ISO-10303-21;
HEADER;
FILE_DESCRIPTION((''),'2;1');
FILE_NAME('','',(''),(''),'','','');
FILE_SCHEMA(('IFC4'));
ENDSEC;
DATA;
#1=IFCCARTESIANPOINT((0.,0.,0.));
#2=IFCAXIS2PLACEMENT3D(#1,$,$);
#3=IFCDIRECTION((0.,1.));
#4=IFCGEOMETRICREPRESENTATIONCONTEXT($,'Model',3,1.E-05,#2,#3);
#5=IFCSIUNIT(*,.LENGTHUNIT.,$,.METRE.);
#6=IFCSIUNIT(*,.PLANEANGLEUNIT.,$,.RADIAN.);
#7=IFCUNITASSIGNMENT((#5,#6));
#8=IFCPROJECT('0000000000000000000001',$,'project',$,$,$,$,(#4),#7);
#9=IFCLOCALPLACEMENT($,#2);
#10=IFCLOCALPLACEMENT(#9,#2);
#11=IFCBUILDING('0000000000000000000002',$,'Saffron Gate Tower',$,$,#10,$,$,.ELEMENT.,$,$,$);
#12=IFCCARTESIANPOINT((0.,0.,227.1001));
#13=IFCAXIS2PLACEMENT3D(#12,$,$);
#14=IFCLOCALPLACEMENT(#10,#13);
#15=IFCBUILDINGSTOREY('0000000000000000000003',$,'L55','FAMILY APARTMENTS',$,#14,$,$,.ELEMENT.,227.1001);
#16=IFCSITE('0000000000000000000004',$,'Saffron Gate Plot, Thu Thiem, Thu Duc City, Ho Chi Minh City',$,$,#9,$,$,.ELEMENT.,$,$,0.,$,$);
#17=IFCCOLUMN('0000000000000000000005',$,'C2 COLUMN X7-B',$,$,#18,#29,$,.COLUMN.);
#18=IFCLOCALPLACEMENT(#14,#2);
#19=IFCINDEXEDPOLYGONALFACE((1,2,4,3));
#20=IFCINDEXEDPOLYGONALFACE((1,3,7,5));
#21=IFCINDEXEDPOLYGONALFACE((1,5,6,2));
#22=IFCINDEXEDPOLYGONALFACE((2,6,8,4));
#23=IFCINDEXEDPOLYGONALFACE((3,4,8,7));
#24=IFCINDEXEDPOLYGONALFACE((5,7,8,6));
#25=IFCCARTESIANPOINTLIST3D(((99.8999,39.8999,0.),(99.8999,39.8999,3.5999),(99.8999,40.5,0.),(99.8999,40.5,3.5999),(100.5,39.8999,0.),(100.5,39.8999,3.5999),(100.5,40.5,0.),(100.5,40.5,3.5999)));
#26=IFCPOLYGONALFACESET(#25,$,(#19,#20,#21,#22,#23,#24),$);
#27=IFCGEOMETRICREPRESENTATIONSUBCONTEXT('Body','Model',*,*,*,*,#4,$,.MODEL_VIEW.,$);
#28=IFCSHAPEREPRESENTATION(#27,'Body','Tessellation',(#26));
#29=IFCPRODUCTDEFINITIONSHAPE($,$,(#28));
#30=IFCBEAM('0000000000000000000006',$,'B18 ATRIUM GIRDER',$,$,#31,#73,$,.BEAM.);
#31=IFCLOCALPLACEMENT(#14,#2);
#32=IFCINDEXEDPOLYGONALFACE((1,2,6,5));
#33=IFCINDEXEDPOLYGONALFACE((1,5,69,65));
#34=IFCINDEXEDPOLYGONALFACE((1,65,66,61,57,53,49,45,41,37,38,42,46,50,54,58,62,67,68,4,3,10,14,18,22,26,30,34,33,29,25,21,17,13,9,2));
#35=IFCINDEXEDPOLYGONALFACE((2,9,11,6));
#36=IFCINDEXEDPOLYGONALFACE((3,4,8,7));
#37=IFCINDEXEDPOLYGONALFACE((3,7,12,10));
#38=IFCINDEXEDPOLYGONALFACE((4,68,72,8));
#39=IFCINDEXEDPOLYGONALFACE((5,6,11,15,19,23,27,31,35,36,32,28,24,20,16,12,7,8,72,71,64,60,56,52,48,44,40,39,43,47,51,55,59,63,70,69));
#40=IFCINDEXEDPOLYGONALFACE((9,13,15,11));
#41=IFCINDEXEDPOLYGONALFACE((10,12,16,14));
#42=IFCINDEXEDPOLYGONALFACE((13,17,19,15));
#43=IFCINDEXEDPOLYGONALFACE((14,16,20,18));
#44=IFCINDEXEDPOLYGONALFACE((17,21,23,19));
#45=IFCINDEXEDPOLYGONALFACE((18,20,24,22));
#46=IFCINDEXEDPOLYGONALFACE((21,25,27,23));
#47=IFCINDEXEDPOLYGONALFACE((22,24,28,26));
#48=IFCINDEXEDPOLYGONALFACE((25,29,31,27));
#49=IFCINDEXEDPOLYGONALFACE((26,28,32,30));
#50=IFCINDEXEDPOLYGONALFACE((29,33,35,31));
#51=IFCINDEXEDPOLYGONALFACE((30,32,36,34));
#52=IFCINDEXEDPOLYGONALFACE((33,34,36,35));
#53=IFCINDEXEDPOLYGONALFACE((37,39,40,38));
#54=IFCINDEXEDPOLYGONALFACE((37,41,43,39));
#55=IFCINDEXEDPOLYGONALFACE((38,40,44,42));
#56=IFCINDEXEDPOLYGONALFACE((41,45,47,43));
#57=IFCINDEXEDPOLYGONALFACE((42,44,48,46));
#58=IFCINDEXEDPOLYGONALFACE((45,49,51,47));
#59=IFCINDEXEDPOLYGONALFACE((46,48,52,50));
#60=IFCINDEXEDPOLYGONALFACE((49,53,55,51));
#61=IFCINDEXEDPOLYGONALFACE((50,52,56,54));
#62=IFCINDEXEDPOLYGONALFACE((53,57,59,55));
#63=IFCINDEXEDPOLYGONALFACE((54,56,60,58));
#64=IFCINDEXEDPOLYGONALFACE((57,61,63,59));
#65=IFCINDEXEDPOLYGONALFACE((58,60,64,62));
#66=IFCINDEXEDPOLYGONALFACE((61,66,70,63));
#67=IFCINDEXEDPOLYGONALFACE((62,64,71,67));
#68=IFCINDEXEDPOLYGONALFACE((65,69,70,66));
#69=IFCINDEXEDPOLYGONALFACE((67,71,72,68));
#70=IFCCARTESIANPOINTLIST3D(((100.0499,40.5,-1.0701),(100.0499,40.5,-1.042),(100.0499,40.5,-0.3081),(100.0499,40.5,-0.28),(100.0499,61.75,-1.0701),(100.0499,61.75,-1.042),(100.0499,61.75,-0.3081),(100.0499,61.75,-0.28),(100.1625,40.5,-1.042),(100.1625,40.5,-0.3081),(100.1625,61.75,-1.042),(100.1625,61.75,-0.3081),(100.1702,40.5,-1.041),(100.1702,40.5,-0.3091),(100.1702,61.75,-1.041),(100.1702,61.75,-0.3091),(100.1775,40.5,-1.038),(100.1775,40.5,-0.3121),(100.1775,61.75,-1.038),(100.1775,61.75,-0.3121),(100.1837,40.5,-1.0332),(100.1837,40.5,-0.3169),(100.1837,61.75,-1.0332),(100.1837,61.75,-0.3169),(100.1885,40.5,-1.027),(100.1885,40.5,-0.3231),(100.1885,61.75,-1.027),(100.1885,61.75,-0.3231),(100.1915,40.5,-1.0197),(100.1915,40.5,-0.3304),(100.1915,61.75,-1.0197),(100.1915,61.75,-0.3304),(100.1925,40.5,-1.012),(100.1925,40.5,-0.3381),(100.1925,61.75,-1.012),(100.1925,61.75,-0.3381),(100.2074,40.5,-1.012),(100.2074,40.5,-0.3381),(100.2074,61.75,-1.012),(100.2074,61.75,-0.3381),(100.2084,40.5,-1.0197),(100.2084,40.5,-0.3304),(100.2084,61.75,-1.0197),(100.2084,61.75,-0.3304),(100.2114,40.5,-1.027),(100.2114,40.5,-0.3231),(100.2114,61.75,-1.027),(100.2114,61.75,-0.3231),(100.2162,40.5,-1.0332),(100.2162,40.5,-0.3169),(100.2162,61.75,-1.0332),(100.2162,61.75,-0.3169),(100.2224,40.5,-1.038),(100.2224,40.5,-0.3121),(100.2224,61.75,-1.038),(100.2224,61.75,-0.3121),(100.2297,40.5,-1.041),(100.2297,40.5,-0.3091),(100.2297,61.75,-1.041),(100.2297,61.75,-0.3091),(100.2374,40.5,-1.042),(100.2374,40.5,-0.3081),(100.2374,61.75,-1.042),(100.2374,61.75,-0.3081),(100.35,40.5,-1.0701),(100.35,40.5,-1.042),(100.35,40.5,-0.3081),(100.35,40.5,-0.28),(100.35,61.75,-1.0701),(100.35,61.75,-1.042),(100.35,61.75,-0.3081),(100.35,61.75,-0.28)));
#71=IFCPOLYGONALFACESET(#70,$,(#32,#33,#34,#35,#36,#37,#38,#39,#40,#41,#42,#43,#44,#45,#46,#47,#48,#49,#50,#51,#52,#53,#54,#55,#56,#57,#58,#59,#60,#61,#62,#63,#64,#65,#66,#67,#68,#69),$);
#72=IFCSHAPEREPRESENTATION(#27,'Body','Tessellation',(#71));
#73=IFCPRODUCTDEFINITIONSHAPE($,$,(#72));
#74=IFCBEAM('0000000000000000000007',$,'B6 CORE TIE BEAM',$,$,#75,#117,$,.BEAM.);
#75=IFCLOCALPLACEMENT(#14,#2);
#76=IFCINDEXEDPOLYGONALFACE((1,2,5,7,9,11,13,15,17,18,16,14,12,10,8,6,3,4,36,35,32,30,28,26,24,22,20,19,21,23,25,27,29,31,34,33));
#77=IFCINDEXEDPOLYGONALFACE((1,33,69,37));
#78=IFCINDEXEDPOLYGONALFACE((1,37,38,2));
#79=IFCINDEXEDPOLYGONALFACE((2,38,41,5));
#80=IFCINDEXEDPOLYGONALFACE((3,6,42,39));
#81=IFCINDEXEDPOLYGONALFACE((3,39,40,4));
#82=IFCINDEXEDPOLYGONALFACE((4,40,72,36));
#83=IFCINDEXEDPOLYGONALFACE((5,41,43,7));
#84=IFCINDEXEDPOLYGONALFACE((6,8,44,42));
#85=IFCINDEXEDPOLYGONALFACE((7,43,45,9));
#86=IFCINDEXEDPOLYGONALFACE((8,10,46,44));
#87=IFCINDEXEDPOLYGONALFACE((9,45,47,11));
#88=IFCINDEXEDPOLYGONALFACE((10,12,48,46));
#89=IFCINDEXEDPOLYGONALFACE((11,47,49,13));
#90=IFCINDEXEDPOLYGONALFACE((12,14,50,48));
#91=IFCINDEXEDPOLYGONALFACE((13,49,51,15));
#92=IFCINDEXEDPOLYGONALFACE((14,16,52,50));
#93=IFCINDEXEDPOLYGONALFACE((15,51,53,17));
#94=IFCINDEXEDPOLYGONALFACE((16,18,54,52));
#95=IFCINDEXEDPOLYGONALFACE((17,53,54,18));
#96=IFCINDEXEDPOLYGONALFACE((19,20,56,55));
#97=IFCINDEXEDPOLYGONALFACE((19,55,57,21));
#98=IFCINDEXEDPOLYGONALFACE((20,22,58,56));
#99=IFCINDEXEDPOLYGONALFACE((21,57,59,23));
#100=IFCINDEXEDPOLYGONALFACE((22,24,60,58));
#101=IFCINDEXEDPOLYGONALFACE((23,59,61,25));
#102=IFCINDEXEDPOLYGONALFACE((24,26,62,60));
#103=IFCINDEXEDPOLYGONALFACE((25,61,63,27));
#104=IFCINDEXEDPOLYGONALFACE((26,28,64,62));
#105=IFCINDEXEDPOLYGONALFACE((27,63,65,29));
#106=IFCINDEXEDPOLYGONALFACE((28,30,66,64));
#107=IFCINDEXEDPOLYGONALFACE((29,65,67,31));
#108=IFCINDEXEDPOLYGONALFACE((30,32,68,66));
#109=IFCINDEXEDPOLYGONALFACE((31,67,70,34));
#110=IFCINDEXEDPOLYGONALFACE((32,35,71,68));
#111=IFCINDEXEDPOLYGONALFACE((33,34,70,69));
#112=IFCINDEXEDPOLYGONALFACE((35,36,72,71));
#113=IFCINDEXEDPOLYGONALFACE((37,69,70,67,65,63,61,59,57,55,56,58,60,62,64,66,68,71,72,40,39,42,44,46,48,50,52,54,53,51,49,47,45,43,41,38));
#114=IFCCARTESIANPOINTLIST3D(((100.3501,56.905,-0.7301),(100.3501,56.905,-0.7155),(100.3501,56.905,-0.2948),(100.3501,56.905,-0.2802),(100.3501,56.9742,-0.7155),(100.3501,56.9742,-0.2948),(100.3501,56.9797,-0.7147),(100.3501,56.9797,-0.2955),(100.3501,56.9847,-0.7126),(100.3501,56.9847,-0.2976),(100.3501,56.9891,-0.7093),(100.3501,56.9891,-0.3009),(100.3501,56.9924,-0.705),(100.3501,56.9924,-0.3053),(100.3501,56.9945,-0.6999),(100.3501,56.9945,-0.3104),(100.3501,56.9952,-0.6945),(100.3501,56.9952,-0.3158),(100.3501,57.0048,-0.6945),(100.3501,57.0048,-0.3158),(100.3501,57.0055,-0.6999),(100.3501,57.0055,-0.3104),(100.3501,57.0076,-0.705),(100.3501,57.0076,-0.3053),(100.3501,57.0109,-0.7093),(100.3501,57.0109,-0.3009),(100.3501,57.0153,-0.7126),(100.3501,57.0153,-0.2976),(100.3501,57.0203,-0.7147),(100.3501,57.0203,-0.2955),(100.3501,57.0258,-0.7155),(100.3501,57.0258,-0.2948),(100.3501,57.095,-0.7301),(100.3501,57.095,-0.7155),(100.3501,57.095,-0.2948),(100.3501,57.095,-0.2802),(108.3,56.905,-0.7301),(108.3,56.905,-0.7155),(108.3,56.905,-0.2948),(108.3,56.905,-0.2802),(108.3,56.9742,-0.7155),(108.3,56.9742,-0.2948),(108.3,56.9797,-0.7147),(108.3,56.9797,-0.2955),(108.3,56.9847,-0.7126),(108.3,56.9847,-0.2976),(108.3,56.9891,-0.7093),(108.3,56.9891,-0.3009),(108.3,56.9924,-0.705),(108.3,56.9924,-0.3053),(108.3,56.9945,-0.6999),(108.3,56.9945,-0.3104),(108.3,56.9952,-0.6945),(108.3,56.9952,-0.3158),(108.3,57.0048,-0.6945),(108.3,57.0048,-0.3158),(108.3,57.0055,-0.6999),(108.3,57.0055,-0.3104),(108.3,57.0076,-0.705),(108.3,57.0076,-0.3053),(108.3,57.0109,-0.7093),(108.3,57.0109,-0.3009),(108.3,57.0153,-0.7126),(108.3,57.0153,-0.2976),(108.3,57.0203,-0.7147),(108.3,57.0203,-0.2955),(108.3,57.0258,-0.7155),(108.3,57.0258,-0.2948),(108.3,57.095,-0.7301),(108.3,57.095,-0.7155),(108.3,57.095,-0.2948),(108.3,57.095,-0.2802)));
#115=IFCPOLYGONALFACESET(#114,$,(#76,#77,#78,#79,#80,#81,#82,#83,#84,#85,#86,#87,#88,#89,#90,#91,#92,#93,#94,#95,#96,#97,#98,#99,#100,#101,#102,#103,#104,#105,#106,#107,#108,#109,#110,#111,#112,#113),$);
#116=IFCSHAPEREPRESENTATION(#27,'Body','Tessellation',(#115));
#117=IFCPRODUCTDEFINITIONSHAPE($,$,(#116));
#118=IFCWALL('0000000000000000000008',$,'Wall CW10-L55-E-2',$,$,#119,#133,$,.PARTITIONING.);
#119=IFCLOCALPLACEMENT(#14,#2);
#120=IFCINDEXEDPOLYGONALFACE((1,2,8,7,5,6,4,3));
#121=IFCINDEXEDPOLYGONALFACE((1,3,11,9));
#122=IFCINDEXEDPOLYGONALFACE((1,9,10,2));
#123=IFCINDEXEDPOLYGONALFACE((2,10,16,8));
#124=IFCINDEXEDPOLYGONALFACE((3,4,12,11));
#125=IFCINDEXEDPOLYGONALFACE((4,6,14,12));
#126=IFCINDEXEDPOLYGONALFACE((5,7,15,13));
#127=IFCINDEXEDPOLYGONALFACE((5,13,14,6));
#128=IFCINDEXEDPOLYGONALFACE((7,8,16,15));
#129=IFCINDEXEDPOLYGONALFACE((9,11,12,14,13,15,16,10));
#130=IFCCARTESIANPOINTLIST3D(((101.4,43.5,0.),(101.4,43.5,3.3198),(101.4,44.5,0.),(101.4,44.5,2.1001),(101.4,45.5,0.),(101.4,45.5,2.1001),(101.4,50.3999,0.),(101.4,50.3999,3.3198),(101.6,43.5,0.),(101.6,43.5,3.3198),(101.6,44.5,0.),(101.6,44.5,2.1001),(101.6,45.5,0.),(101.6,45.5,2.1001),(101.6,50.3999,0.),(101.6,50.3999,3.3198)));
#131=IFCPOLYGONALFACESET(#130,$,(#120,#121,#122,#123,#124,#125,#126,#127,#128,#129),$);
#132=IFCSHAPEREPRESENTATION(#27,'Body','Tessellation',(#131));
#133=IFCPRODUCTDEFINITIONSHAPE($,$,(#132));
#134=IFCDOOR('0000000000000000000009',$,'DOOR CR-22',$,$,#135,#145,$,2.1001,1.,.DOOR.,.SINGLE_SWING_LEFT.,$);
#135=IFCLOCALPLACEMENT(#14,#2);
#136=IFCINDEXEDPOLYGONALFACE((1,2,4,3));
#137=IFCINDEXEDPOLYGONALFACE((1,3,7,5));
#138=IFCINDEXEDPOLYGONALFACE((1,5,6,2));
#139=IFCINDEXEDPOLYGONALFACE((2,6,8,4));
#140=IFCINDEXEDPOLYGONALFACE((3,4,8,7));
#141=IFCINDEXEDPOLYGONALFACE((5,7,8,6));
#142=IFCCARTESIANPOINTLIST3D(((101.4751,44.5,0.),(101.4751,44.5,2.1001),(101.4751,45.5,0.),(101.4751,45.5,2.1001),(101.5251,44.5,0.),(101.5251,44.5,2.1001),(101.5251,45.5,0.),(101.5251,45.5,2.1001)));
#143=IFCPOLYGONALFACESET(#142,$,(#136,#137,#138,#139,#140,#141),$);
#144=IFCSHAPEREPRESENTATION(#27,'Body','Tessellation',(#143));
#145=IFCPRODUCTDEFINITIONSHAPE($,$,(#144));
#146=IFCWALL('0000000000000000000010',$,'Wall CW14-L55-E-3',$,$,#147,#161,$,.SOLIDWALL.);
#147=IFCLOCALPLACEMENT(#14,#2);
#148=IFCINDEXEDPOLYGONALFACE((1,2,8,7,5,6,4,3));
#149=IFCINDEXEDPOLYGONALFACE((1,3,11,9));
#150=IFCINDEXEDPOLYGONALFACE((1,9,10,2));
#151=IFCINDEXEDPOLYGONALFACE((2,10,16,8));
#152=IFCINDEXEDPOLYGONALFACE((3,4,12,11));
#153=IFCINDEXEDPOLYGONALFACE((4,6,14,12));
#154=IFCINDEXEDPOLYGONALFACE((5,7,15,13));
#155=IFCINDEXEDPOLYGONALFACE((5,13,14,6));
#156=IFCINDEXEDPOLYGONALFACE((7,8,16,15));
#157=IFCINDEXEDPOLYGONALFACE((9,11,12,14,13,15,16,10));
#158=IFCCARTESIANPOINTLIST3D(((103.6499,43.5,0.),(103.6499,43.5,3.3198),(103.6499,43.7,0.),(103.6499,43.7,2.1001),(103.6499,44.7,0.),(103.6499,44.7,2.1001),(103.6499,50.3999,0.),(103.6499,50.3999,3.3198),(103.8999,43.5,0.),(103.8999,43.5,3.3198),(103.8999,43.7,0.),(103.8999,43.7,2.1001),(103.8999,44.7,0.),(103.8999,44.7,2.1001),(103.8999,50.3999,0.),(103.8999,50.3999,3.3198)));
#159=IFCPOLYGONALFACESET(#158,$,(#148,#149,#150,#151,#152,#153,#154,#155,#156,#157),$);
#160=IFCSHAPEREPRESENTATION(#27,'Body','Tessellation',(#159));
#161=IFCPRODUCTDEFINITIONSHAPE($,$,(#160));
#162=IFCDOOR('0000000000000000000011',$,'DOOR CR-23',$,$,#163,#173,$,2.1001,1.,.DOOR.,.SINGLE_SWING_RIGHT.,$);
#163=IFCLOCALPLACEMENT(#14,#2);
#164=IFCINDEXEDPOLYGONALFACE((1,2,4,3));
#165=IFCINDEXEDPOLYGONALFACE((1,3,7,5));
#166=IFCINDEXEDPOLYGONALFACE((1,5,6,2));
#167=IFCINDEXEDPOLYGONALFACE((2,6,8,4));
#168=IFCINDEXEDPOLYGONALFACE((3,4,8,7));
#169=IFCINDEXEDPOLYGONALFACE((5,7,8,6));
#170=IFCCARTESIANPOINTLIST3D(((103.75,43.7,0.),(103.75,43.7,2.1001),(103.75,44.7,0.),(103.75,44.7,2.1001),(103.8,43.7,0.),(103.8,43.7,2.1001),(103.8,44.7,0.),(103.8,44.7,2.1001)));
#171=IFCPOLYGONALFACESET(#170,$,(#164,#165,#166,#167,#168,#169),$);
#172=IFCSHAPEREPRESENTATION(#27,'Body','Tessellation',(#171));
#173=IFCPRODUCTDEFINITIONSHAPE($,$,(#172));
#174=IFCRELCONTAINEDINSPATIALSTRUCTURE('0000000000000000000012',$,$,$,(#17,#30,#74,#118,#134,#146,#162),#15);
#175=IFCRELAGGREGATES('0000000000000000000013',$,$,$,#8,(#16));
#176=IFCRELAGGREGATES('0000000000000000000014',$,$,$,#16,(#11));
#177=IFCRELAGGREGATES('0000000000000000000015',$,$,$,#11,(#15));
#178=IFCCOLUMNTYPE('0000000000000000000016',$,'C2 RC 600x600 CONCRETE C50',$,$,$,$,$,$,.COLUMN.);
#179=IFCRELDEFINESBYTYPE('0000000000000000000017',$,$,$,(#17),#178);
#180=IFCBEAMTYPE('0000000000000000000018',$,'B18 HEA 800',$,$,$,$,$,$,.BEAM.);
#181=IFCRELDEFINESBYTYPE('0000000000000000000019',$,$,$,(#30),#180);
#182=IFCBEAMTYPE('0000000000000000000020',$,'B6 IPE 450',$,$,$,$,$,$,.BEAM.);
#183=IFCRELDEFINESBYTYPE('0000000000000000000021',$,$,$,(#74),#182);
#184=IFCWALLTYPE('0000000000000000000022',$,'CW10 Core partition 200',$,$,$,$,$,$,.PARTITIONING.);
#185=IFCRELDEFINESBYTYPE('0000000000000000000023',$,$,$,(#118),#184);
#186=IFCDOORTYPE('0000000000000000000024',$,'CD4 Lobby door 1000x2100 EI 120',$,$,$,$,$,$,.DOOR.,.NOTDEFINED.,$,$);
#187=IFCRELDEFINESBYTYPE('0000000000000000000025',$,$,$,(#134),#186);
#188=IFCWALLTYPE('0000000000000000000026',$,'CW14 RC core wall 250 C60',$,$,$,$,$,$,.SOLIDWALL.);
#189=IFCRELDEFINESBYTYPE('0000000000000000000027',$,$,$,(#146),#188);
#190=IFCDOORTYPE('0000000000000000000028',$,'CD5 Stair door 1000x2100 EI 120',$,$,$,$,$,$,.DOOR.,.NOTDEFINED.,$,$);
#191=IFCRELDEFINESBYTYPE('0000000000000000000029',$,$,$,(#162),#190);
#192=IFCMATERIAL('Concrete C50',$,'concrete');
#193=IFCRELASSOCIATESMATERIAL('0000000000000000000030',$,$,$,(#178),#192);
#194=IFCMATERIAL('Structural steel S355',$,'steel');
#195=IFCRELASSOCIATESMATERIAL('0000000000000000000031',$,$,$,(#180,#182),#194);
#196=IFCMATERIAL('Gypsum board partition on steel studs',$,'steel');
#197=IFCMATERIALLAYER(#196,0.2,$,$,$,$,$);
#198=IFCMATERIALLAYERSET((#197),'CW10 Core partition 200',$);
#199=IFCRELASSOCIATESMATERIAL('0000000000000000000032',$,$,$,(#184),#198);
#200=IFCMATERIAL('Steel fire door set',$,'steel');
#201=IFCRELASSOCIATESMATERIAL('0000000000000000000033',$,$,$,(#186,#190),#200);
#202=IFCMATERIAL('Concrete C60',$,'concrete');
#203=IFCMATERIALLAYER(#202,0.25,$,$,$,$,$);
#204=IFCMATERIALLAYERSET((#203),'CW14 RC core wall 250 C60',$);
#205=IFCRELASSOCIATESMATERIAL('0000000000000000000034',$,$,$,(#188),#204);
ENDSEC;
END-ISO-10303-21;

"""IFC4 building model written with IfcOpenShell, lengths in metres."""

from ifc_helpers import new_model, si_unit, direction, frame, frame_2d, origin, origin_2d, place, context, subcontext, project, spatial, rectangle, i_section, extrude, material, layer, layer_set, material_profile, profile_set, type_object, element, fill, save


model = new_model("IFC4")

# Units and contexts
model_context = context("Model", 3, precision=1e-05, world=origin(), true_north=direction((0.0, 1.0)))
body_context = subcontext(model_context, "Body", "Model", "MODEL_VIEW")
ifc_project = project(units=[si_unit("LENGTHUNIT", "METRE"), si_unit("PLANEANGLEUNIT", "RADIAN")], contexts=[model_context])

# Site, building, storey
site_placement = place(None, origin())
site = spatial("IfcSite", under=ifc_project, at=site_placement, Name="Saffron Gate Plot, Thu Thiem, Thu Duc City, Ho Chi Minh City", CompositionType="ELEMENT", RefElevation=0.0)
building_placement = place(site_placement, origin())
building = spatial("IfcBuilding", under=site, at=building_placement, Name="Saffron Gate Tower", CompositionType="ELEMENT")
storey_placement = place(building_placement, frame((0.0, 0.0, 227.1001)))
storey = spatial("IfcBuildingStorey", under=building, at=storey_placement, Name="L55", Description="FAMILY APARTMENTS", CompositionType="ELEMENT", Elevation=227.1001)

# Column
ifc_material_1 = material(Name="Concrete C50", Category="concrete")
ifc_material_profile_1 = material_profile(ifc_material_1, rectangle(XDim=0.6001, YDim=0.6001, at=origin_2d()))
ifc_profile_set_1 = profile_set([ifc_material_profile_1], Name="Concrete C50")
column_type = type_object("IfcColumnType", Name="C2 RC 600x600 CONCRETE C50", PredefinedType="COLUMN", material=ifc_profile_set_1)
column_placement = place(storey_placement, frame((100.2, 40.2, 0.0), z_axis=(0.0, 0.0, 1.0), x_axis=(1.0, 0.0, 0.0)))
element("IfcColumn", 1, at=column_placement, inside=storey, type_object=column_type, Name="C2 COLUMN X7-B", PredefinedType="COLUMN", context=body_context, shape_type="SweptSolid", body=[
    extrude(rectangle(XDim=0.6001, YDim=0.6001, at=origin_2d()), origin(), (0.0, 0.0, 1.0), 3.5999),
])

# Beams
ifc_material_2 = material(Name="Structural steel S355", Category="steel")
ifc_material_profile_2 = material_profile(ifc_material_2, i_section(OverallWidth=0.3, OverallDepth=0.79, WebThickness=0.0149, FlangeThickness=0.0281, FilletRadius=0.03, at=origin_2d()))
ifc_profile_set_2 = profile_set([ifc_material_profile_2], Name="Structural steel S355")
beam_type_1 = type_object("IfcBeamType", Name="B18 HEA 800", PredefinedType="BEAM", material=ifc_profile_set_2)
beam_1_placement = place(storey_placement, frame((100.2, 40.5, -0.675), z_axis=(0.0, 1.0, 0.0), x_axis=(-1.0, 0.0, 0.0)))
element("IfcBeam", 2, at=beam_1_placement, inside=storey, type_object=beam_type_1, Name="B18 ATRIUM GIRDER", PredefinedType="BEAM", context=body_context, shape_type="SweptSolid", body=[
    extrude(i_section(OverallWidth=0.3, OverallDepth=0.79, WebThickness=0.0149, FlangeThickness=0.0281, FilletRadius=0.03, at=origin_2d()), origin(), (0.0, 0.0, 1.0), 21.25),
])
ifc_material_profile_3 = material_profile(ifc_material_2, i_section(OverallWidth=0.1899, OverallDepth=0.45, WebThickness=0.0095, FlangeThickness=0.0146, FilletRadius=0.021, at=origin_2d()))
ifc_profile_set_3 = profile_set([ifc_material_profile_3], Name="Structural steel S355")
beam_type_2 = type_object("IfcBeamType", Name="B6 IPE 450", PredefinedType="BEAM", material=ifc_profile_set_3)
beam_2_placement = place(storey_placement, frame((108.3, 57.0, -0.5051), z_axis=(-1.0, 0.0, 0.0), x_axis=(0.0, -1.0, 0.0)))
element("IfcBeam", 3, at=beam_2_placement, inside=storey, type_object=beam_type_2, Name="B6 CORE TIE BEAM", PredefinedType="BEAM", context=body_context, shape_type="SweptSolid", body=[
    extrude(i_section(OverallWidth=0.1899, OverallDepth=0.45, WebThickness=0.0095, FlangeThickness=0.0146, FilletRadius=0.021, at=origin_2d()), origin(), (0.0, 0.0, 1.0), 7.95),
])

# Walls, openings, doors
ifc_material_3 = material(Name="Gypsum board partition on steel studs", Category="steel")
ifc_layer_1 = layer(ifc_material_3, 0.2)
ifc_layer_set_1 = layer_set([ifc_layer_1], Name="CW10 Core partition 200")
wall_type_1 = type_object("IfcWallType", Name="CW10 Core partition 200", PredefinedType="PARTITIONING", material=ifc_layer_set_1)
wall_1_placement = place(storey_placement, frame((101.5, 43.5, 0.0), z_axis=(0.0, 0.0, 1.0), x_axis=(0.0, 1.0, 0.0)))
wall_1 = element("IfcWall", 4, at=wall_1_placement, inside=storey, type_object=wall_type_1, Name="Wall CW10-L55-E-2", PredefinedType="PARTITIONING", context=body_context, shape_type="SweptSolid", body=[
    extrude(rectangle(XDim=6.8999, YDim=0.2, at=frame_2d((3.45, 0.0))), origin(), (0.0, 0.0, 1.0), 3.3198),
])
opening_1_placement = place(wall_1_placement, frame((1.0, 0.0, 0.0)))
opening_1 = element("IfcOpeningElement", 5, at=opening_1_placement, cuts=wall_1, PredefinedType="OPENING", context=body_context, shape_type="SweptSolid", body=[
    extrude(rectangle(XDim=1.0, YDim=2.1001, at=frame_2d((0.5, 1.05))), frame((0.0, 0.1099, 0.0), z_axis=(0.0, -1.0, 0.0), x_axis=(1.0, 0.0, 0.0)), (0.0, 0.0, 1.0), 0.22),
])
ifc_material_4 = material(Name="Steel fire door set", Category="steel")
door_type_1 = type_object("IfcDoorType", Name="CD4 Lobby door 1000x2100 EI 120", OperationType="NOTDEFINED", PredefinedType="DOOR", material=ifc_material_4)
door_1_placement = place(opening_1_placement, origin())
door_1 = element("IfcDoor", 6, at=door_1_placement, inside=storey, type_object=door_type_1, Name="DOOR CR-22", OperationType="SINGLE_SWING_LEFT", OverallHeight=2.1001, OverallWidth=1.0, PredefinedType="DOOR", context=body_context, shape_type="SweptSolid", body=[
    extrude(rectangle(XDim=1.0, YDim=2.1001, at=frame_2d((0.5, 1.05))), frame((0.0, 0.0249, 0.0), z_axis=(0.0, -1.0, 0.0), x_axis=(1.0, 0.0, 0.0)), (0.0, 0.0, 1.0), 0.05),
])
fill(opening_1, door_1)
ifc_material_5 = material(Name="Concrete C60", Category="concrete")
ifc_layer_2 = layer(ifc_material_5, 0.25)
ifc_layer_set_2 = layer_set([ifc_layer_2], Name="CW14 RC core wall 250 C60")
wall_type_2 = type_object("IfcWallType", Name="CW14 RC core wall 250 C60", PredefinedType="SOLIDWALL", material=ifc_layer_set_2)
wall_2_placement = place(storey_placement, frame((103.7749, 43.5, 0.0), z_axis=(0.0, 0.0, 1.0), x_axis=(0.0, 1.0, 0.0)))
wall_2 = element("IfcWall", 7, at=wall_2_placement, inside=storey, type_object=wall_type_2, Name="Wall CW14-L55-E-3", PredefinedType="SOLIDWALL", context=body_context, shape_type="SweptSolid", body=[
    extrude(rectangle(XDim=6.8999, YDim=0.25, at=frame_2d((3.45, 0.0))), origin(), (0.0, 0.0, 1.0), 3.3198),
])
opening_2_placement = place(wall_2_placement, frame((0.2, 0.0, 0.0)))
opening_2 = element("IfcOpeningElement", 8, at=opening_2_placement, cuts=wall_2, PredefinedType="OPENING", context=body_context, shape_type="SweptSolid", body=[
    extrude(rectangle(XDim=1.0, YDim=2.1001, at=frame_2d((0.5, 1.05))), frame((0.0, 0.135, 0.0), z_axis=(0.0, -1.0, 0.0), x_axis=(1.0, 0.0, 0.0)), (0.0, 0.0, 1.0), 0.27),
])
door_type_2 = type_object("IfcDoorType", Name="CD5 Stair door 1000x2100 EI 120", OperationType="NOTDEFINED", PredefinedType="DOOR", material=ifc_material_4)
door_2_placement = place(opening_2_placement, origin())
door_2 = element("IfcDoor", 9, at=door_2_placement, inside=storey, type_object=door_type_2, Name="DOOR CR-23", OperationType="SINGLE_SWING_RIGHT", OverallHeight=2.1001, OverallWidth=1.0, PredefinedType="DOOR", context=body_context, shape_type="SweptSolid", body=[
    extrude(rectangle(XDim=1.0, YDim=2.1001, at=frame_2d((0.5, 1.05))), frame((0.0, 0.0249, 0.0), z_axis=(0.0, -1.0, 0.0), x_axis=(1.0, 0.0, 0.0)), (0.0, 0.0, 1.0), 0.05),
])
fill(opening_2, door_2)

save(model, "model.ifc")
